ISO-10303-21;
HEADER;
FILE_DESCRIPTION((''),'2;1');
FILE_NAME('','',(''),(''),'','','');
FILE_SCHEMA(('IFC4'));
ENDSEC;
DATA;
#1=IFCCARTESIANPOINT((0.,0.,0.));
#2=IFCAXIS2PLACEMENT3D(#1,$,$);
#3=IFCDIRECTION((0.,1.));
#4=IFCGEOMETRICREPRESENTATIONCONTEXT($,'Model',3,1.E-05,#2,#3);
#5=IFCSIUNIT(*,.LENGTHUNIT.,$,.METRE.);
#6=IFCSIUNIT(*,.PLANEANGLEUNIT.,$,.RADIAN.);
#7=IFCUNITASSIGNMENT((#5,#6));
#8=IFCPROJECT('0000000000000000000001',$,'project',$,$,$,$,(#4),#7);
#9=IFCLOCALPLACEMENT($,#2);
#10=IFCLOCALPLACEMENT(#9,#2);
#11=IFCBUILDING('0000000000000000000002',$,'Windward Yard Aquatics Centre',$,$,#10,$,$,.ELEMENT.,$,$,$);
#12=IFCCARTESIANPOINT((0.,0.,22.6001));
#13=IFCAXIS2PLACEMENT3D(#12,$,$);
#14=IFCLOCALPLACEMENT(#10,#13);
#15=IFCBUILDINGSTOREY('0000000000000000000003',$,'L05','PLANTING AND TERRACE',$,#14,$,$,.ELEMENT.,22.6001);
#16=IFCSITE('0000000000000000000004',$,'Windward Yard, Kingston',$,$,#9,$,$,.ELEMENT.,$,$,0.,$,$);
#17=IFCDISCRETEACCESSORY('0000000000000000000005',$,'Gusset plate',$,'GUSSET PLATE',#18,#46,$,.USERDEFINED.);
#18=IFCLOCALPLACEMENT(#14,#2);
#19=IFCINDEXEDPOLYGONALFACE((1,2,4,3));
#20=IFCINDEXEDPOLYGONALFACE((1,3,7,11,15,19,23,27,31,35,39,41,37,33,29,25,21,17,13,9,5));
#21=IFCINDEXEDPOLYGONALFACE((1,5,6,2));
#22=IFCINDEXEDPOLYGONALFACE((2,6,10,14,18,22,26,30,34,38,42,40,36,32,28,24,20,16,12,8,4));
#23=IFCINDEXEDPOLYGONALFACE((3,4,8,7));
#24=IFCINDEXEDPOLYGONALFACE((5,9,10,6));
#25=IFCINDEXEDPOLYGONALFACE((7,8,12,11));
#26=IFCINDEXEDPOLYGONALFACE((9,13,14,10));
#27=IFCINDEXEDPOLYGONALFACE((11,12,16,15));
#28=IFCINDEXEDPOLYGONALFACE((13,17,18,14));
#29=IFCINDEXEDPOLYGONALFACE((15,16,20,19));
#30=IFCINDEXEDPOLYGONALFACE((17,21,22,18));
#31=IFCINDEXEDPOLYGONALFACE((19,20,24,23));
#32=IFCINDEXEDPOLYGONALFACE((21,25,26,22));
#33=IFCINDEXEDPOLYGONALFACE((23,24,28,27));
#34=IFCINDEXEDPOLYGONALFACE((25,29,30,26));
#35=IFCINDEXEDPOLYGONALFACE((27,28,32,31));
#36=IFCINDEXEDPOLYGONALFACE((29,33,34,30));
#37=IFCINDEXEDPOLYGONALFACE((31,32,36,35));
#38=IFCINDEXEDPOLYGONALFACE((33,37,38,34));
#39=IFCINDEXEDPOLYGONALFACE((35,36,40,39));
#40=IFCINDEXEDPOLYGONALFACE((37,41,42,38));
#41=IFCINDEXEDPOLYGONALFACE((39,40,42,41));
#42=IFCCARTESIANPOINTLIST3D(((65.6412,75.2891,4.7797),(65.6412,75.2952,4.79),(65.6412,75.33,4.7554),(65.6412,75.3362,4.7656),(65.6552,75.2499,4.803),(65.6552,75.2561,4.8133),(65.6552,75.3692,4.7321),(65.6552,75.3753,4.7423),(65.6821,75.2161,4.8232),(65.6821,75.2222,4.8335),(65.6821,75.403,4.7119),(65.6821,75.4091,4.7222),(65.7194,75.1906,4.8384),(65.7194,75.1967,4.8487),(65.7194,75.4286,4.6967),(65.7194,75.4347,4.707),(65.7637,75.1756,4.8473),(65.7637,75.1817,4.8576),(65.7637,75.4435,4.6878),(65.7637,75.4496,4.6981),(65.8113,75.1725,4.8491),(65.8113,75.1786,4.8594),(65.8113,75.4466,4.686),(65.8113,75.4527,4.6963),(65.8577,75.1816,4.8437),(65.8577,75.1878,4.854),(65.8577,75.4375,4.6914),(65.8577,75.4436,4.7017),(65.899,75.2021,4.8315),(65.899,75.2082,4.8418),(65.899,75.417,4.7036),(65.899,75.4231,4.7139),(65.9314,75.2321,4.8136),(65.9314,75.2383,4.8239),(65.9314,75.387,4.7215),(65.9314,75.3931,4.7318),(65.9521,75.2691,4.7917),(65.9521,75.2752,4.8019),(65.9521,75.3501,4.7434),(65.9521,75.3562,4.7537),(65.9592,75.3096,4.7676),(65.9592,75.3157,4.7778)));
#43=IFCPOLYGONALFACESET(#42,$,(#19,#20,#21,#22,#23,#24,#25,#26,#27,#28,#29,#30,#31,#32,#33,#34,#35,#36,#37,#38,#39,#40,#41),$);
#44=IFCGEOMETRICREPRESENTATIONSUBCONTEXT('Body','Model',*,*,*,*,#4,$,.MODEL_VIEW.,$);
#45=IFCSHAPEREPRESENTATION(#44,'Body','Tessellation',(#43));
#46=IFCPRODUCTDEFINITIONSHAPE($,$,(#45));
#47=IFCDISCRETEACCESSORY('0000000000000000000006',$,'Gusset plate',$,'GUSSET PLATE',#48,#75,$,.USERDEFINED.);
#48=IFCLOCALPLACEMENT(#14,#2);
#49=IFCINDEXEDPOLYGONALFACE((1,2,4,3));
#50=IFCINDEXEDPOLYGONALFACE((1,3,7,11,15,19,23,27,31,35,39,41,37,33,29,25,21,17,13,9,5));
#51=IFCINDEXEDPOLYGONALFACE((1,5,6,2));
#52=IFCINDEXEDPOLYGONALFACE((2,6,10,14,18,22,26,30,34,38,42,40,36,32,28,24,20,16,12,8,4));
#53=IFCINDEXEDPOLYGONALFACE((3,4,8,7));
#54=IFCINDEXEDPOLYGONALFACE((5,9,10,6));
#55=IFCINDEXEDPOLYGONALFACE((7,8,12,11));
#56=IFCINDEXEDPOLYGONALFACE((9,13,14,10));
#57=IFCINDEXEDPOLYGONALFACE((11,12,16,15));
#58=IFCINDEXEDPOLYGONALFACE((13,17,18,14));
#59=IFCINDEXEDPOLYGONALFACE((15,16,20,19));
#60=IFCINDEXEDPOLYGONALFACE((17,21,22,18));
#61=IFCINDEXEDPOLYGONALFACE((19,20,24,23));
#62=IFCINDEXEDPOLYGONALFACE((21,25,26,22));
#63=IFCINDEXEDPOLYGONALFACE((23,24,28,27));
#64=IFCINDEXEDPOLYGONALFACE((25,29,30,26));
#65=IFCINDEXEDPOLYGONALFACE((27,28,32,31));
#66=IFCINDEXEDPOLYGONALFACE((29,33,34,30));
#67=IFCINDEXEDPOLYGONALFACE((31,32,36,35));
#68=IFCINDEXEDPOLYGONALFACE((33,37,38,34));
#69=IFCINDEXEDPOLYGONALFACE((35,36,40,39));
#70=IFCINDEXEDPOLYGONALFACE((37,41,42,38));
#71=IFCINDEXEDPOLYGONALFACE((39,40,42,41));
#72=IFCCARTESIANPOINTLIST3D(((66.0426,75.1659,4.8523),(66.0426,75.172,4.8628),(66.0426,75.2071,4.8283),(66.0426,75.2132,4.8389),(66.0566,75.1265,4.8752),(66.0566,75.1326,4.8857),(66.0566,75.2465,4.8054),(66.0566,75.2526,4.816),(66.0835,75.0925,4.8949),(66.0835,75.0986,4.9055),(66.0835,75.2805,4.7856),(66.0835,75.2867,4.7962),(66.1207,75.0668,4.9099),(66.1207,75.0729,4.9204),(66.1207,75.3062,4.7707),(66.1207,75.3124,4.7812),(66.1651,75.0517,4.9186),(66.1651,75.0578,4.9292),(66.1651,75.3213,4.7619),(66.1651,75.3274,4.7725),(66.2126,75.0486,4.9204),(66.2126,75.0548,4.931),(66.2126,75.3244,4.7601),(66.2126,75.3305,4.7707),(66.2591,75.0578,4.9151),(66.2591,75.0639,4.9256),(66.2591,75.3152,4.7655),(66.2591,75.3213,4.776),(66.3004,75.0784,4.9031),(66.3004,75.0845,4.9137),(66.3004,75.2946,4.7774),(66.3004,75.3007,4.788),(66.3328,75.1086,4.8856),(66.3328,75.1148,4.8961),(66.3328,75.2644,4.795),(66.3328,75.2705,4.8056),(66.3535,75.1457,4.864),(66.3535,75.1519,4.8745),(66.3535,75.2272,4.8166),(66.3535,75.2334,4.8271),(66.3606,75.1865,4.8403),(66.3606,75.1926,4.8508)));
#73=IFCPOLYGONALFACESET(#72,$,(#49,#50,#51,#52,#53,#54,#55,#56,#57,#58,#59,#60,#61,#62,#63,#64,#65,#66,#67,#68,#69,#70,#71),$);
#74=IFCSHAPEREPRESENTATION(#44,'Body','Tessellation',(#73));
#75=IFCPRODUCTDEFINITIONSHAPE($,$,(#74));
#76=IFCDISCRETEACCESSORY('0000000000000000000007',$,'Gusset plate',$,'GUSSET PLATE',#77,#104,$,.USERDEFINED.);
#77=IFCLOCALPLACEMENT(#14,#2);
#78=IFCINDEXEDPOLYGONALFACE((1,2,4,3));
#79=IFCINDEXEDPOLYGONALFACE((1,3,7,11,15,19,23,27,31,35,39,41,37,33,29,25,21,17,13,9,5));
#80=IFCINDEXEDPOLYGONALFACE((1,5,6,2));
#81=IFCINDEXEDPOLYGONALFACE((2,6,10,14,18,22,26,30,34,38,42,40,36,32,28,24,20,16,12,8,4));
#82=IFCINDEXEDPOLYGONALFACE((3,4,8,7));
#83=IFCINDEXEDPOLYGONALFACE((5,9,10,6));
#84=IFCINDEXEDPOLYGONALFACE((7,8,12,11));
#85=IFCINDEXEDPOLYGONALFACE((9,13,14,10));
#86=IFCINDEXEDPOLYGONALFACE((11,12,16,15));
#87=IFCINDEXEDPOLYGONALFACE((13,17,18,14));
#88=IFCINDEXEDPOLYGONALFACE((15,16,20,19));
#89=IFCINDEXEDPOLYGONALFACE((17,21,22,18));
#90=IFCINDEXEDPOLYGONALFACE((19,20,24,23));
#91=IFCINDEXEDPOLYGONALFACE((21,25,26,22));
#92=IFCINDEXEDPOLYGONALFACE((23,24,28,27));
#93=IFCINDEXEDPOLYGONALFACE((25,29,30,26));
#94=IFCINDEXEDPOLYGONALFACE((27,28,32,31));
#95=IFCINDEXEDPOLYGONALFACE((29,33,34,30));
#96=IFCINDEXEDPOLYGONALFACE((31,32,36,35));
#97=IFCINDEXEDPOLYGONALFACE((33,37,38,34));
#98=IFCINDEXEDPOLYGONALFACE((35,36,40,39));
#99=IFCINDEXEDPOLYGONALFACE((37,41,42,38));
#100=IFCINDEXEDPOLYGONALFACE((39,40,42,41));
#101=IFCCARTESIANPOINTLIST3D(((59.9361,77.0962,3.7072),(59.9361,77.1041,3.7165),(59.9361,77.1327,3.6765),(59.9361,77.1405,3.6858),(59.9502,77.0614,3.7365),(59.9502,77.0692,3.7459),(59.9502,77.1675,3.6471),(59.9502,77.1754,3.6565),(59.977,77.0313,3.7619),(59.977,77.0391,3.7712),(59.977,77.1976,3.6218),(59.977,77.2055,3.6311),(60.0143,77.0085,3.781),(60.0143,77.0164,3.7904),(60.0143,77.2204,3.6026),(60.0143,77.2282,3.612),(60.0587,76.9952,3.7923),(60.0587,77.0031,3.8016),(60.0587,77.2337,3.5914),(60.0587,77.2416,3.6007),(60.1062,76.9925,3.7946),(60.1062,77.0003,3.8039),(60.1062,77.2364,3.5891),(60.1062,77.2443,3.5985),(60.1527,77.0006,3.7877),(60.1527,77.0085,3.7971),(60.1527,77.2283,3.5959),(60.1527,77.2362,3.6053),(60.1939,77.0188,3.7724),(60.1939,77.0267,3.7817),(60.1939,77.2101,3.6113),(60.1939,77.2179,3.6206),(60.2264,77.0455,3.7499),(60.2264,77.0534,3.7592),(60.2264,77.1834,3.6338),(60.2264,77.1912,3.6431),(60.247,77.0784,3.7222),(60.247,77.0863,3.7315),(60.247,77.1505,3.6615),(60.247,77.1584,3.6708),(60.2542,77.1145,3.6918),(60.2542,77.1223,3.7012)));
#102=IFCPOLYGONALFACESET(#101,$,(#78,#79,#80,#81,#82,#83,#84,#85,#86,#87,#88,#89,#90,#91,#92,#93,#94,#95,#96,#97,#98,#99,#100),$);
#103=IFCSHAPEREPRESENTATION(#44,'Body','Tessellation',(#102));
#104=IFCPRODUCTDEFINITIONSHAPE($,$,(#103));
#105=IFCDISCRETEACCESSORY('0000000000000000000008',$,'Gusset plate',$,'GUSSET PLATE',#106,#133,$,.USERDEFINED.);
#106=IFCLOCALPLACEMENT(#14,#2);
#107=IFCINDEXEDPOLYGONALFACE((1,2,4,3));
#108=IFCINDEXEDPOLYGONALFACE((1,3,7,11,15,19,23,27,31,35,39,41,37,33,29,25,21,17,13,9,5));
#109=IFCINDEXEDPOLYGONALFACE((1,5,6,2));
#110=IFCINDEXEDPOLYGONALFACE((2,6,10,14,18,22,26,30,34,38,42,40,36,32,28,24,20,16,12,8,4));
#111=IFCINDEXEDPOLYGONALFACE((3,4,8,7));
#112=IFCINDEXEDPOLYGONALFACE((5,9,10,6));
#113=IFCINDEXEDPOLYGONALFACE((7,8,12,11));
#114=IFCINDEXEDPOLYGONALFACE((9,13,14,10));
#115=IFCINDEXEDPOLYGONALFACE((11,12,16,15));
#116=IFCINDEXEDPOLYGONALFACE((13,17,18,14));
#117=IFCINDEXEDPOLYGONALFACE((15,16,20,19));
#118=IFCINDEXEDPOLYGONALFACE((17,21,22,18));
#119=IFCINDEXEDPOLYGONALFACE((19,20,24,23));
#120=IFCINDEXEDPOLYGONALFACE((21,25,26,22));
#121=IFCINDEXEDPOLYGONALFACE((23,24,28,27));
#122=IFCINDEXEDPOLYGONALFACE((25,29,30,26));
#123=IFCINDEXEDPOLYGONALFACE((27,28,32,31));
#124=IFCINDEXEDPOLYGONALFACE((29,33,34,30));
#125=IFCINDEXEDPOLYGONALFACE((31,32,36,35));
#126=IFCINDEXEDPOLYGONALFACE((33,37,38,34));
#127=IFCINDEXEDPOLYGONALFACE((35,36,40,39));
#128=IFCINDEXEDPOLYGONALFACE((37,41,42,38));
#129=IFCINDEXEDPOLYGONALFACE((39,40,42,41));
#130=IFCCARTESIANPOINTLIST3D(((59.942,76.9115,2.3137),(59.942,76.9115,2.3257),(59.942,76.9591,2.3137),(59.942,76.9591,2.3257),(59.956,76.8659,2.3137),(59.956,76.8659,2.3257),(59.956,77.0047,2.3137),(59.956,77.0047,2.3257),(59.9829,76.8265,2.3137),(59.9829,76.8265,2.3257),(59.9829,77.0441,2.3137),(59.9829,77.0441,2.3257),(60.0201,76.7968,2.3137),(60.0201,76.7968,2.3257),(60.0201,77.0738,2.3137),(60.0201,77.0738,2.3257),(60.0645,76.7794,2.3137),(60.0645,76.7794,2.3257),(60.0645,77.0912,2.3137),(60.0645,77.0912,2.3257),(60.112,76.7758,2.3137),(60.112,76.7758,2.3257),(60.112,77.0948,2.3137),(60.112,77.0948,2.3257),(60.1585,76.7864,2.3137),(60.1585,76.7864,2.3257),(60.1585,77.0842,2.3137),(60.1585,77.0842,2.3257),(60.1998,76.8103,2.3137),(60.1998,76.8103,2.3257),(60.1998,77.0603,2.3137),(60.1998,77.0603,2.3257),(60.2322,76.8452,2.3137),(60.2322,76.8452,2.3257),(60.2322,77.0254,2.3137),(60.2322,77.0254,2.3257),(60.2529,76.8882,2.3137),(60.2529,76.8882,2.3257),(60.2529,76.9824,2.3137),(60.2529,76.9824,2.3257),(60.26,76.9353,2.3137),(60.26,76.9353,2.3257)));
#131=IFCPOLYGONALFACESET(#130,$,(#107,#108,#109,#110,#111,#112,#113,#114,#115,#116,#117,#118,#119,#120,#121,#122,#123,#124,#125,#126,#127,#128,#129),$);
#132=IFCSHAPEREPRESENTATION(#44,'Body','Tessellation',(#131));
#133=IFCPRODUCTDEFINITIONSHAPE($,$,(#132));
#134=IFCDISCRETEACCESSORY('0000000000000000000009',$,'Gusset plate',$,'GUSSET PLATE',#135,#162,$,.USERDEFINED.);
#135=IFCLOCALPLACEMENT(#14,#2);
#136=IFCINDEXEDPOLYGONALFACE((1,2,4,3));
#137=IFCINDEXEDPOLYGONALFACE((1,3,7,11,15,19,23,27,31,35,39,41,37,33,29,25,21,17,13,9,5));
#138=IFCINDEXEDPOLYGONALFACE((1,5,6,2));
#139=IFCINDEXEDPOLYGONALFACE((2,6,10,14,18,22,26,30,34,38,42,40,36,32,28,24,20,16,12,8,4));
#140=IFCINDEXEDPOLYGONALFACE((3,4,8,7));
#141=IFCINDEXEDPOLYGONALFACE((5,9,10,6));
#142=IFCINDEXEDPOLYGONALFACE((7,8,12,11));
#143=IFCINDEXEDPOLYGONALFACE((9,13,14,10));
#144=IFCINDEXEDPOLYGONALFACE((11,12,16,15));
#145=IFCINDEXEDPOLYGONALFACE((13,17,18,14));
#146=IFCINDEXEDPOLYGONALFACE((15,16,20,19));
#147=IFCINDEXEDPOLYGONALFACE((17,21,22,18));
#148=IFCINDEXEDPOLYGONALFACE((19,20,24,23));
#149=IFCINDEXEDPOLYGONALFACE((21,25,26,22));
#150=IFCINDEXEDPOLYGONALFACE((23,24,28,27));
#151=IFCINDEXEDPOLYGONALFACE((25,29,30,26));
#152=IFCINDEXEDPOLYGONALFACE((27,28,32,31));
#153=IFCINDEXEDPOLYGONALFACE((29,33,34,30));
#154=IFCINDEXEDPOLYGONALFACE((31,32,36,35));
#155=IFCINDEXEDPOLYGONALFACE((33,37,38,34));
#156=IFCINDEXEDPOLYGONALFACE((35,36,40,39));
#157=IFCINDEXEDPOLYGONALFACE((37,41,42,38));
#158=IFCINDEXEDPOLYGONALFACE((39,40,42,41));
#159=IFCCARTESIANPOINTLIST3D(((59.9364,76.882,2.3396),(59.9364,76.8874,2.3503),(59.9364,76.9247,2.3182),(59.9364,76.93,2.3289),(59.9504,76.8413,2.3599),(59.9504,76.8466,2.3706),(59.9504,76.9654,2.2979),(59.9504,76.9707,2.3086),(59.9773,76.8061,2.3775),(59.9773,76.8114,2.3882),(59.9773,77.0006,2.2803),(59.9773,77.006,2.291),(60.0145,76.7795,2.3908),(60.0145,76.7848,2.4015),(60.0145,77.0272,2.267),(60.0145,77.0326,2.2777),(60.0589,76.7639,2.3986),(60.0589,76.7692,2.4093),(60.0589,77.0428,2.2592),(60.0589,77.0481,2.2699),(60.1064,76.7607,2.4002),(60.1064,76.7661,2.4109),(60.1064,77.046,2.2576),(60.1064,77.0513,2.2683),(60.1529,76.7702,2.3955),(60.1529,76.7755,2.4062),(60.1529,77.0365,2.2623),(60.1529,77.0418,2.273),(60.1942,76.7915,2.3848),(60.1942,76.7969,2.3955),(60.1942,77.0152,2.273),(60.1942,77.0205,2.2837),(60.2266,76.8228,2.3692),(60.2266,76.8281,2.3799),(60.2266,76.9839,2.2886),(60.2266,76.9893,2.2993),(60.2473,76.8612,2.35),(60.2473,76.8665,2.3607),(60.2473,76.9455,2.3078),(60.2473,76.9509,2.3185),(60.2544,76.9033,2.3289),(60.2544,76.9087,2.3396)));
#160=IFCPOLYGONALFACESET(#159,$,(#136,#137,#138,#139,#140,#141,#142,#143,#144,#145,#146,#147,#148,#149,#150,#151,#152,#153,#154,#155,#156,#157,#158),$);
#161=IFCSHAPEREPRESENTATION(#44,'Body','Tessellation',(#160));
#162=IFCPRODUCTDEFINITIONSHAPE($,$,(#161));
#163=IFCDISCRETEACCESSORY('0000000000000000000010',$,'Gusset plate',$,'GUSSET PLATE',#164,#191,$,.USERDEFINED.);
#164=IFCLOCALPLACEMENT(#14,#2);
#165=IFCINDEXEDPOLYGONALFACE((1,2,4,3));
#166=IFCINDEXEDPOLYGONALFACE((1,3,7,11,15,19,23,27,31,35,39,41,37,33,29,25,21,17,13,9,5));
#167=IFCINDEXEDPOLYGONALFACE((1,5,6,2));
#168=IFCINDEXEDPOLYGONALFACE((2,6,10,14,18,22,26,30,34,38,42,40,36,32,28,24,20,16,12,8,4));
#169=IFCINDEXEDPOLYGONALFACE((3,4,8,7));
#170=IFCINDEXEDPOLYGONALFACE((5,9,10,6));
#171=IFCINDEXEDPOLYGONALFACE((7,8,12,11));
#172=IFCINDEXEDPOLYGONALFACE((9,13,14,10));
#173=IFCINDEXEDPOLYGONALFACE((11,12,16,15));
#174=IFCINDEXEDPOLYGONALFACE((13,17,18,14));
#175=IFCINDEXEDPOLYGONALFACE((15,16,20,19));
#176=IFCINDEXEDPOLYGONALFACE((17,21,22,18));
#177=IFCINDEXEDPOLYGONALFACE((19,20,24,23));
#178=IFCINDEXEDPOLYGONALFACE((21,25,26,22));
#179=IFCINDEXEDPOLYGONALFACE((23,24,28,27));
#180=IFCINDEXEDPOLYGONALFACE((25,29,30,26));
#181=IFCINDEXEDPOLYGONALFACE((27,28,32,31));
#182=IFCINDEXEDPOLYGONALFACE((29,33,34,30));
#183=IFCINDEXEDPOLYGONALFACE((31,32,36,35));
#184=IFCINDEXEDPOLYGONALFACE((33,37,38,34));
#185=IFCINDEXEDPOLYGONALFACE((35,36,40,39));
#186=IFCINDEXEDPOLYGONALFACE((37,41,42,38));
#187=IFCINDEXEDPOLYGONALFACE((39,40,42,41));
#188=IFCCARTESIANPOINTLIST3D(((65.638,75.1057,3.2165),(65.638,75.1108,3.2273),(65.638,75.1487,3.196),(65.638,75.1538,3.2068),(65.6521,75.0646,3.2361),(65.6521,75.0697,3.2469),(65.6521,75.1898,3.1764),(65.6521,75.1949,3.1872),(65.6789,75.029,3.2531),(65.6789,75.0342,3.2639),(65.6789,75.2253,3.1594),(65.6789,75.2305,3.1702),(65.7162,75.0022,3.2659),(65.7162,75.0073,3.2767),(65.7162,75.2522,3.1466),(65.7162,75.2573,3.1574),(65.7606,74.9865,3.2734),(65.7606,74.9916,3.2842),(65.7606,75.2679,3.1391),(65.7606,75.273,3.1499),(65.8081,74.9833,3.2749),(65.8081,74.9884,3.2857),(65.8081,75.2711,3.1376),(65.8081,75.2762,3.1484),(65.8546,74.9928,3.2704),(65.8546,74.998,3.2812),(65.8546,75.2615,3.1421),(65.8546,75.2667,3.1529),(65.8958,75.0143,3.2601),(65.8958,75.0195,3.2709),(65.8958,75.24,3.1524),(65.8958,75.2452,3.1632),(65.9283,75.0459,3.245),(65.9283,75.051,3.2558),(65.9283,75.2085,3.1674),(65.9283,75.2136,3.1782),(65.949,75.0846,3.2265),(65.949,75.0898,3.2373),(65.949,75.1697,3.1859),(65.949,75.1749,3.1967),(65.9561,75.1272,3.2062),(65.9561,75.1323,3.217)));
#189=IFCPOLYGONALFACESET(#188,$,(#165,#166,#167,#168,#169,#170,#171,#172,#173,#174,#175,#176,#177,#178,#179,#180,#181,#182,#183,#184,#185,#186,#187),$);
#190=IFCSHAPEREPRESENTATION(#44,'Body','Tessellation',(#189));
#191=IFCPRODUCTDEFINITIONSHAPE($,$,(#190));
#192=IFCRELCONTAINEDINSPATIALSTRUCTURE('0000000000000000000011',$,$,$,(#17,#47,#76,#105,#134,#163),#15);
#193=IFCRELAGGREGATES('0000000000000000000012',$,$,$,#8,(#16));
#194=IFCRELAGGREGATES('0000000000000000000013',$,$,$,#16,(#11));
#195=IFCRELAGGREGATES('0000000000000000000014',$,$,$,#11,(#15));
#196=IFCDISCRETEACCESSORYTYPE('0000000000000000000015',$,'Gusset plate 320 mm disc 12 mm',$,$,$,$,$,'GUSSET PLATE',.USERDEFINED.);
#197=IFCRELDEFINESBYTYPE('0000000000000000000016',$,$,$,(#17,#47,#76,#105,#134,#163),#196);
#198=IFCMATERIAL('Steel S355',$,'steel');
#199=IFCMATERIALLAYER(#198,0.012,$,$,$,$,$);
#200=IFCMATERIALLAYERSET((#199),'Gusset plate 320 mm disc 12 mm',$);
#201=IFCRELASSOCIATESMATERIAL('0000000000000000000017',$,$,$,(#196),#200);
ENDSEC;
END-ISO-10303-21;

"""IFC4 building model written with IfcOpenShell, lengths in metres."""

from ifc_helpers import new_model, si_unit, direction, frame, origin, origin_2d, place, context, subcontext, project, spatial, circle, extrude, material, layer, layer_set, type_object, element, save


model = new_model("IFC4")

# Units and contexts
model_context = context("Model", 3, precision=1e-05, world=origin(), true_north=direction((0.0, 1.0)))
body_context = subcontext(model_context, "Body", "Model", "MODEL_VIEW")
ifc_project = project(units=[si_unit("LENGTHUNIT", "METRE"), si_unit("PLANEANGLEUNIT", "RADIAN")], contexts=[model_context])

# Site, building, storey
site_placement = place(None, origin())
site = spatial("IfcSite", under=ifc_project, at=site_placement, Name="Windward Yard, Kingston", CompositionType="ELEMENT", RefElevation=0.0)
building_placement = place(site_placement, origin())
building = spatial("IfcBuilding", under=site, at=building_placement, Name="Windward Yard Aquatics Centre", CompositionType="ELEMENT")
storey_placement = place(building_placement, frame((0.0, 0.0, 22.6001)))
storey = spatial("IfcBuildingStorey", under=building, at=storey_placement, Name="L05", Description="PLANTING AND TERRACE", CompositionType="ELEMENT", Elevation=22.6001)

# Discrete accessories
ifc_material_1 = material(Name="Steel S355", Category="steel")
ifc_layer_1 = layer(ifc_material_1, 0.012)
ifc_layer_set_1 = layer_set([ifc_layer_1], Name="Gusset plate 320 mm disc 12 mm")
discrete_accessory_type = type_object("IfcDiscreteAccessoryType", Name="Gusset plate 320 mm disc 12 mm", ElementType="GUSSET PLATE", PredefinedType="USERDEFINED", material=ifc_layer_set_1)
discrete_accessory_1_placement = place(storey_placement, frame((65.7993, 75.3157, 4.7778), z_axis=(0.0, -0.511484, -0.859293), x_axis=(1.0, 0.0, 0.0)))
element("IfcDiscreteAccessory", 1, at=discrete_accessory_1_placement, inside=storey, type_object=discrete_accessory_type, Name="Gusset plate", ObjectType="GUSSET PLATE", PredefinedType="USERDEFINED", context=body_context, shape_type="SweptSolid", body=[
    extrude(circle(Radius=0.1599, at=origin_2d()), origin(), (0.0, 0.0, 1.0), 0.012),
])
for number, where, z_axis, x_axis, name in (
    (2, (66.2007, 75.1926, 4.8508), (0.0, -0.50262, -0.864507), (1.0, 0.0, 0.0), "Gusset plate"),
    (3, (60.0942, 77.1223, 3.7012), (0.0, -0.644136, -0.764911), (1.0, 0.0, 0.0), "Gusset plate"),
):
    element("IfcDiscreteAccessory", number, at=place(storey_placement, frame(where, z_axis=z_axis, x_axis=x_axis)), inside=storey, type_object=discrete_accessory_type, Name=name, ObjectType="GUSSET PLATE", PredefinedType="USERDEFINED", context=body_context, shape_type="SweptSolid", body=[
        extrude(circle(Radius=0.1599, at=origin_2d()), origin(), (0.0, 0.0, 1.0), 0.0122),
    ])
for number, where, z_axis, x_axis, name in (
    (4, (60.1001, 76.9353, 2.3137), (0.0, 0.0, 1.0), (1.0, 0.0, 0.0), "Gusset plate"),
    (5, (60.0945, 76.9087, 2.3396), (0.0, -0.447214, -0.894427), (1.0, 0.0, 0.0), "Gusset plate"),
    (6, (65.7961, 75.1323, 3.217), (0.0, -0.43073, -0.902481), (1.0, 0.0, 0.0), "Gusset plate"),
):
    element("IfcDiscreteAccessory", number, at=place(storey_placement, frame(where, z_axis=z_axis, x_axis=x_axis)), inside=storey, type_object=discrete_accessory_type, Name=name, ObjectType="GUSSET PLATE", PredefinedType="USERDEFINED", context=body_context, shape_type="SweptSolid", body=[
        extrude(circle(Radius=0.1599, at=origin_2d()), origin(), (0.0, 0.0, 1.0), 0.012),
    ])

save(model, "model.ifc")
